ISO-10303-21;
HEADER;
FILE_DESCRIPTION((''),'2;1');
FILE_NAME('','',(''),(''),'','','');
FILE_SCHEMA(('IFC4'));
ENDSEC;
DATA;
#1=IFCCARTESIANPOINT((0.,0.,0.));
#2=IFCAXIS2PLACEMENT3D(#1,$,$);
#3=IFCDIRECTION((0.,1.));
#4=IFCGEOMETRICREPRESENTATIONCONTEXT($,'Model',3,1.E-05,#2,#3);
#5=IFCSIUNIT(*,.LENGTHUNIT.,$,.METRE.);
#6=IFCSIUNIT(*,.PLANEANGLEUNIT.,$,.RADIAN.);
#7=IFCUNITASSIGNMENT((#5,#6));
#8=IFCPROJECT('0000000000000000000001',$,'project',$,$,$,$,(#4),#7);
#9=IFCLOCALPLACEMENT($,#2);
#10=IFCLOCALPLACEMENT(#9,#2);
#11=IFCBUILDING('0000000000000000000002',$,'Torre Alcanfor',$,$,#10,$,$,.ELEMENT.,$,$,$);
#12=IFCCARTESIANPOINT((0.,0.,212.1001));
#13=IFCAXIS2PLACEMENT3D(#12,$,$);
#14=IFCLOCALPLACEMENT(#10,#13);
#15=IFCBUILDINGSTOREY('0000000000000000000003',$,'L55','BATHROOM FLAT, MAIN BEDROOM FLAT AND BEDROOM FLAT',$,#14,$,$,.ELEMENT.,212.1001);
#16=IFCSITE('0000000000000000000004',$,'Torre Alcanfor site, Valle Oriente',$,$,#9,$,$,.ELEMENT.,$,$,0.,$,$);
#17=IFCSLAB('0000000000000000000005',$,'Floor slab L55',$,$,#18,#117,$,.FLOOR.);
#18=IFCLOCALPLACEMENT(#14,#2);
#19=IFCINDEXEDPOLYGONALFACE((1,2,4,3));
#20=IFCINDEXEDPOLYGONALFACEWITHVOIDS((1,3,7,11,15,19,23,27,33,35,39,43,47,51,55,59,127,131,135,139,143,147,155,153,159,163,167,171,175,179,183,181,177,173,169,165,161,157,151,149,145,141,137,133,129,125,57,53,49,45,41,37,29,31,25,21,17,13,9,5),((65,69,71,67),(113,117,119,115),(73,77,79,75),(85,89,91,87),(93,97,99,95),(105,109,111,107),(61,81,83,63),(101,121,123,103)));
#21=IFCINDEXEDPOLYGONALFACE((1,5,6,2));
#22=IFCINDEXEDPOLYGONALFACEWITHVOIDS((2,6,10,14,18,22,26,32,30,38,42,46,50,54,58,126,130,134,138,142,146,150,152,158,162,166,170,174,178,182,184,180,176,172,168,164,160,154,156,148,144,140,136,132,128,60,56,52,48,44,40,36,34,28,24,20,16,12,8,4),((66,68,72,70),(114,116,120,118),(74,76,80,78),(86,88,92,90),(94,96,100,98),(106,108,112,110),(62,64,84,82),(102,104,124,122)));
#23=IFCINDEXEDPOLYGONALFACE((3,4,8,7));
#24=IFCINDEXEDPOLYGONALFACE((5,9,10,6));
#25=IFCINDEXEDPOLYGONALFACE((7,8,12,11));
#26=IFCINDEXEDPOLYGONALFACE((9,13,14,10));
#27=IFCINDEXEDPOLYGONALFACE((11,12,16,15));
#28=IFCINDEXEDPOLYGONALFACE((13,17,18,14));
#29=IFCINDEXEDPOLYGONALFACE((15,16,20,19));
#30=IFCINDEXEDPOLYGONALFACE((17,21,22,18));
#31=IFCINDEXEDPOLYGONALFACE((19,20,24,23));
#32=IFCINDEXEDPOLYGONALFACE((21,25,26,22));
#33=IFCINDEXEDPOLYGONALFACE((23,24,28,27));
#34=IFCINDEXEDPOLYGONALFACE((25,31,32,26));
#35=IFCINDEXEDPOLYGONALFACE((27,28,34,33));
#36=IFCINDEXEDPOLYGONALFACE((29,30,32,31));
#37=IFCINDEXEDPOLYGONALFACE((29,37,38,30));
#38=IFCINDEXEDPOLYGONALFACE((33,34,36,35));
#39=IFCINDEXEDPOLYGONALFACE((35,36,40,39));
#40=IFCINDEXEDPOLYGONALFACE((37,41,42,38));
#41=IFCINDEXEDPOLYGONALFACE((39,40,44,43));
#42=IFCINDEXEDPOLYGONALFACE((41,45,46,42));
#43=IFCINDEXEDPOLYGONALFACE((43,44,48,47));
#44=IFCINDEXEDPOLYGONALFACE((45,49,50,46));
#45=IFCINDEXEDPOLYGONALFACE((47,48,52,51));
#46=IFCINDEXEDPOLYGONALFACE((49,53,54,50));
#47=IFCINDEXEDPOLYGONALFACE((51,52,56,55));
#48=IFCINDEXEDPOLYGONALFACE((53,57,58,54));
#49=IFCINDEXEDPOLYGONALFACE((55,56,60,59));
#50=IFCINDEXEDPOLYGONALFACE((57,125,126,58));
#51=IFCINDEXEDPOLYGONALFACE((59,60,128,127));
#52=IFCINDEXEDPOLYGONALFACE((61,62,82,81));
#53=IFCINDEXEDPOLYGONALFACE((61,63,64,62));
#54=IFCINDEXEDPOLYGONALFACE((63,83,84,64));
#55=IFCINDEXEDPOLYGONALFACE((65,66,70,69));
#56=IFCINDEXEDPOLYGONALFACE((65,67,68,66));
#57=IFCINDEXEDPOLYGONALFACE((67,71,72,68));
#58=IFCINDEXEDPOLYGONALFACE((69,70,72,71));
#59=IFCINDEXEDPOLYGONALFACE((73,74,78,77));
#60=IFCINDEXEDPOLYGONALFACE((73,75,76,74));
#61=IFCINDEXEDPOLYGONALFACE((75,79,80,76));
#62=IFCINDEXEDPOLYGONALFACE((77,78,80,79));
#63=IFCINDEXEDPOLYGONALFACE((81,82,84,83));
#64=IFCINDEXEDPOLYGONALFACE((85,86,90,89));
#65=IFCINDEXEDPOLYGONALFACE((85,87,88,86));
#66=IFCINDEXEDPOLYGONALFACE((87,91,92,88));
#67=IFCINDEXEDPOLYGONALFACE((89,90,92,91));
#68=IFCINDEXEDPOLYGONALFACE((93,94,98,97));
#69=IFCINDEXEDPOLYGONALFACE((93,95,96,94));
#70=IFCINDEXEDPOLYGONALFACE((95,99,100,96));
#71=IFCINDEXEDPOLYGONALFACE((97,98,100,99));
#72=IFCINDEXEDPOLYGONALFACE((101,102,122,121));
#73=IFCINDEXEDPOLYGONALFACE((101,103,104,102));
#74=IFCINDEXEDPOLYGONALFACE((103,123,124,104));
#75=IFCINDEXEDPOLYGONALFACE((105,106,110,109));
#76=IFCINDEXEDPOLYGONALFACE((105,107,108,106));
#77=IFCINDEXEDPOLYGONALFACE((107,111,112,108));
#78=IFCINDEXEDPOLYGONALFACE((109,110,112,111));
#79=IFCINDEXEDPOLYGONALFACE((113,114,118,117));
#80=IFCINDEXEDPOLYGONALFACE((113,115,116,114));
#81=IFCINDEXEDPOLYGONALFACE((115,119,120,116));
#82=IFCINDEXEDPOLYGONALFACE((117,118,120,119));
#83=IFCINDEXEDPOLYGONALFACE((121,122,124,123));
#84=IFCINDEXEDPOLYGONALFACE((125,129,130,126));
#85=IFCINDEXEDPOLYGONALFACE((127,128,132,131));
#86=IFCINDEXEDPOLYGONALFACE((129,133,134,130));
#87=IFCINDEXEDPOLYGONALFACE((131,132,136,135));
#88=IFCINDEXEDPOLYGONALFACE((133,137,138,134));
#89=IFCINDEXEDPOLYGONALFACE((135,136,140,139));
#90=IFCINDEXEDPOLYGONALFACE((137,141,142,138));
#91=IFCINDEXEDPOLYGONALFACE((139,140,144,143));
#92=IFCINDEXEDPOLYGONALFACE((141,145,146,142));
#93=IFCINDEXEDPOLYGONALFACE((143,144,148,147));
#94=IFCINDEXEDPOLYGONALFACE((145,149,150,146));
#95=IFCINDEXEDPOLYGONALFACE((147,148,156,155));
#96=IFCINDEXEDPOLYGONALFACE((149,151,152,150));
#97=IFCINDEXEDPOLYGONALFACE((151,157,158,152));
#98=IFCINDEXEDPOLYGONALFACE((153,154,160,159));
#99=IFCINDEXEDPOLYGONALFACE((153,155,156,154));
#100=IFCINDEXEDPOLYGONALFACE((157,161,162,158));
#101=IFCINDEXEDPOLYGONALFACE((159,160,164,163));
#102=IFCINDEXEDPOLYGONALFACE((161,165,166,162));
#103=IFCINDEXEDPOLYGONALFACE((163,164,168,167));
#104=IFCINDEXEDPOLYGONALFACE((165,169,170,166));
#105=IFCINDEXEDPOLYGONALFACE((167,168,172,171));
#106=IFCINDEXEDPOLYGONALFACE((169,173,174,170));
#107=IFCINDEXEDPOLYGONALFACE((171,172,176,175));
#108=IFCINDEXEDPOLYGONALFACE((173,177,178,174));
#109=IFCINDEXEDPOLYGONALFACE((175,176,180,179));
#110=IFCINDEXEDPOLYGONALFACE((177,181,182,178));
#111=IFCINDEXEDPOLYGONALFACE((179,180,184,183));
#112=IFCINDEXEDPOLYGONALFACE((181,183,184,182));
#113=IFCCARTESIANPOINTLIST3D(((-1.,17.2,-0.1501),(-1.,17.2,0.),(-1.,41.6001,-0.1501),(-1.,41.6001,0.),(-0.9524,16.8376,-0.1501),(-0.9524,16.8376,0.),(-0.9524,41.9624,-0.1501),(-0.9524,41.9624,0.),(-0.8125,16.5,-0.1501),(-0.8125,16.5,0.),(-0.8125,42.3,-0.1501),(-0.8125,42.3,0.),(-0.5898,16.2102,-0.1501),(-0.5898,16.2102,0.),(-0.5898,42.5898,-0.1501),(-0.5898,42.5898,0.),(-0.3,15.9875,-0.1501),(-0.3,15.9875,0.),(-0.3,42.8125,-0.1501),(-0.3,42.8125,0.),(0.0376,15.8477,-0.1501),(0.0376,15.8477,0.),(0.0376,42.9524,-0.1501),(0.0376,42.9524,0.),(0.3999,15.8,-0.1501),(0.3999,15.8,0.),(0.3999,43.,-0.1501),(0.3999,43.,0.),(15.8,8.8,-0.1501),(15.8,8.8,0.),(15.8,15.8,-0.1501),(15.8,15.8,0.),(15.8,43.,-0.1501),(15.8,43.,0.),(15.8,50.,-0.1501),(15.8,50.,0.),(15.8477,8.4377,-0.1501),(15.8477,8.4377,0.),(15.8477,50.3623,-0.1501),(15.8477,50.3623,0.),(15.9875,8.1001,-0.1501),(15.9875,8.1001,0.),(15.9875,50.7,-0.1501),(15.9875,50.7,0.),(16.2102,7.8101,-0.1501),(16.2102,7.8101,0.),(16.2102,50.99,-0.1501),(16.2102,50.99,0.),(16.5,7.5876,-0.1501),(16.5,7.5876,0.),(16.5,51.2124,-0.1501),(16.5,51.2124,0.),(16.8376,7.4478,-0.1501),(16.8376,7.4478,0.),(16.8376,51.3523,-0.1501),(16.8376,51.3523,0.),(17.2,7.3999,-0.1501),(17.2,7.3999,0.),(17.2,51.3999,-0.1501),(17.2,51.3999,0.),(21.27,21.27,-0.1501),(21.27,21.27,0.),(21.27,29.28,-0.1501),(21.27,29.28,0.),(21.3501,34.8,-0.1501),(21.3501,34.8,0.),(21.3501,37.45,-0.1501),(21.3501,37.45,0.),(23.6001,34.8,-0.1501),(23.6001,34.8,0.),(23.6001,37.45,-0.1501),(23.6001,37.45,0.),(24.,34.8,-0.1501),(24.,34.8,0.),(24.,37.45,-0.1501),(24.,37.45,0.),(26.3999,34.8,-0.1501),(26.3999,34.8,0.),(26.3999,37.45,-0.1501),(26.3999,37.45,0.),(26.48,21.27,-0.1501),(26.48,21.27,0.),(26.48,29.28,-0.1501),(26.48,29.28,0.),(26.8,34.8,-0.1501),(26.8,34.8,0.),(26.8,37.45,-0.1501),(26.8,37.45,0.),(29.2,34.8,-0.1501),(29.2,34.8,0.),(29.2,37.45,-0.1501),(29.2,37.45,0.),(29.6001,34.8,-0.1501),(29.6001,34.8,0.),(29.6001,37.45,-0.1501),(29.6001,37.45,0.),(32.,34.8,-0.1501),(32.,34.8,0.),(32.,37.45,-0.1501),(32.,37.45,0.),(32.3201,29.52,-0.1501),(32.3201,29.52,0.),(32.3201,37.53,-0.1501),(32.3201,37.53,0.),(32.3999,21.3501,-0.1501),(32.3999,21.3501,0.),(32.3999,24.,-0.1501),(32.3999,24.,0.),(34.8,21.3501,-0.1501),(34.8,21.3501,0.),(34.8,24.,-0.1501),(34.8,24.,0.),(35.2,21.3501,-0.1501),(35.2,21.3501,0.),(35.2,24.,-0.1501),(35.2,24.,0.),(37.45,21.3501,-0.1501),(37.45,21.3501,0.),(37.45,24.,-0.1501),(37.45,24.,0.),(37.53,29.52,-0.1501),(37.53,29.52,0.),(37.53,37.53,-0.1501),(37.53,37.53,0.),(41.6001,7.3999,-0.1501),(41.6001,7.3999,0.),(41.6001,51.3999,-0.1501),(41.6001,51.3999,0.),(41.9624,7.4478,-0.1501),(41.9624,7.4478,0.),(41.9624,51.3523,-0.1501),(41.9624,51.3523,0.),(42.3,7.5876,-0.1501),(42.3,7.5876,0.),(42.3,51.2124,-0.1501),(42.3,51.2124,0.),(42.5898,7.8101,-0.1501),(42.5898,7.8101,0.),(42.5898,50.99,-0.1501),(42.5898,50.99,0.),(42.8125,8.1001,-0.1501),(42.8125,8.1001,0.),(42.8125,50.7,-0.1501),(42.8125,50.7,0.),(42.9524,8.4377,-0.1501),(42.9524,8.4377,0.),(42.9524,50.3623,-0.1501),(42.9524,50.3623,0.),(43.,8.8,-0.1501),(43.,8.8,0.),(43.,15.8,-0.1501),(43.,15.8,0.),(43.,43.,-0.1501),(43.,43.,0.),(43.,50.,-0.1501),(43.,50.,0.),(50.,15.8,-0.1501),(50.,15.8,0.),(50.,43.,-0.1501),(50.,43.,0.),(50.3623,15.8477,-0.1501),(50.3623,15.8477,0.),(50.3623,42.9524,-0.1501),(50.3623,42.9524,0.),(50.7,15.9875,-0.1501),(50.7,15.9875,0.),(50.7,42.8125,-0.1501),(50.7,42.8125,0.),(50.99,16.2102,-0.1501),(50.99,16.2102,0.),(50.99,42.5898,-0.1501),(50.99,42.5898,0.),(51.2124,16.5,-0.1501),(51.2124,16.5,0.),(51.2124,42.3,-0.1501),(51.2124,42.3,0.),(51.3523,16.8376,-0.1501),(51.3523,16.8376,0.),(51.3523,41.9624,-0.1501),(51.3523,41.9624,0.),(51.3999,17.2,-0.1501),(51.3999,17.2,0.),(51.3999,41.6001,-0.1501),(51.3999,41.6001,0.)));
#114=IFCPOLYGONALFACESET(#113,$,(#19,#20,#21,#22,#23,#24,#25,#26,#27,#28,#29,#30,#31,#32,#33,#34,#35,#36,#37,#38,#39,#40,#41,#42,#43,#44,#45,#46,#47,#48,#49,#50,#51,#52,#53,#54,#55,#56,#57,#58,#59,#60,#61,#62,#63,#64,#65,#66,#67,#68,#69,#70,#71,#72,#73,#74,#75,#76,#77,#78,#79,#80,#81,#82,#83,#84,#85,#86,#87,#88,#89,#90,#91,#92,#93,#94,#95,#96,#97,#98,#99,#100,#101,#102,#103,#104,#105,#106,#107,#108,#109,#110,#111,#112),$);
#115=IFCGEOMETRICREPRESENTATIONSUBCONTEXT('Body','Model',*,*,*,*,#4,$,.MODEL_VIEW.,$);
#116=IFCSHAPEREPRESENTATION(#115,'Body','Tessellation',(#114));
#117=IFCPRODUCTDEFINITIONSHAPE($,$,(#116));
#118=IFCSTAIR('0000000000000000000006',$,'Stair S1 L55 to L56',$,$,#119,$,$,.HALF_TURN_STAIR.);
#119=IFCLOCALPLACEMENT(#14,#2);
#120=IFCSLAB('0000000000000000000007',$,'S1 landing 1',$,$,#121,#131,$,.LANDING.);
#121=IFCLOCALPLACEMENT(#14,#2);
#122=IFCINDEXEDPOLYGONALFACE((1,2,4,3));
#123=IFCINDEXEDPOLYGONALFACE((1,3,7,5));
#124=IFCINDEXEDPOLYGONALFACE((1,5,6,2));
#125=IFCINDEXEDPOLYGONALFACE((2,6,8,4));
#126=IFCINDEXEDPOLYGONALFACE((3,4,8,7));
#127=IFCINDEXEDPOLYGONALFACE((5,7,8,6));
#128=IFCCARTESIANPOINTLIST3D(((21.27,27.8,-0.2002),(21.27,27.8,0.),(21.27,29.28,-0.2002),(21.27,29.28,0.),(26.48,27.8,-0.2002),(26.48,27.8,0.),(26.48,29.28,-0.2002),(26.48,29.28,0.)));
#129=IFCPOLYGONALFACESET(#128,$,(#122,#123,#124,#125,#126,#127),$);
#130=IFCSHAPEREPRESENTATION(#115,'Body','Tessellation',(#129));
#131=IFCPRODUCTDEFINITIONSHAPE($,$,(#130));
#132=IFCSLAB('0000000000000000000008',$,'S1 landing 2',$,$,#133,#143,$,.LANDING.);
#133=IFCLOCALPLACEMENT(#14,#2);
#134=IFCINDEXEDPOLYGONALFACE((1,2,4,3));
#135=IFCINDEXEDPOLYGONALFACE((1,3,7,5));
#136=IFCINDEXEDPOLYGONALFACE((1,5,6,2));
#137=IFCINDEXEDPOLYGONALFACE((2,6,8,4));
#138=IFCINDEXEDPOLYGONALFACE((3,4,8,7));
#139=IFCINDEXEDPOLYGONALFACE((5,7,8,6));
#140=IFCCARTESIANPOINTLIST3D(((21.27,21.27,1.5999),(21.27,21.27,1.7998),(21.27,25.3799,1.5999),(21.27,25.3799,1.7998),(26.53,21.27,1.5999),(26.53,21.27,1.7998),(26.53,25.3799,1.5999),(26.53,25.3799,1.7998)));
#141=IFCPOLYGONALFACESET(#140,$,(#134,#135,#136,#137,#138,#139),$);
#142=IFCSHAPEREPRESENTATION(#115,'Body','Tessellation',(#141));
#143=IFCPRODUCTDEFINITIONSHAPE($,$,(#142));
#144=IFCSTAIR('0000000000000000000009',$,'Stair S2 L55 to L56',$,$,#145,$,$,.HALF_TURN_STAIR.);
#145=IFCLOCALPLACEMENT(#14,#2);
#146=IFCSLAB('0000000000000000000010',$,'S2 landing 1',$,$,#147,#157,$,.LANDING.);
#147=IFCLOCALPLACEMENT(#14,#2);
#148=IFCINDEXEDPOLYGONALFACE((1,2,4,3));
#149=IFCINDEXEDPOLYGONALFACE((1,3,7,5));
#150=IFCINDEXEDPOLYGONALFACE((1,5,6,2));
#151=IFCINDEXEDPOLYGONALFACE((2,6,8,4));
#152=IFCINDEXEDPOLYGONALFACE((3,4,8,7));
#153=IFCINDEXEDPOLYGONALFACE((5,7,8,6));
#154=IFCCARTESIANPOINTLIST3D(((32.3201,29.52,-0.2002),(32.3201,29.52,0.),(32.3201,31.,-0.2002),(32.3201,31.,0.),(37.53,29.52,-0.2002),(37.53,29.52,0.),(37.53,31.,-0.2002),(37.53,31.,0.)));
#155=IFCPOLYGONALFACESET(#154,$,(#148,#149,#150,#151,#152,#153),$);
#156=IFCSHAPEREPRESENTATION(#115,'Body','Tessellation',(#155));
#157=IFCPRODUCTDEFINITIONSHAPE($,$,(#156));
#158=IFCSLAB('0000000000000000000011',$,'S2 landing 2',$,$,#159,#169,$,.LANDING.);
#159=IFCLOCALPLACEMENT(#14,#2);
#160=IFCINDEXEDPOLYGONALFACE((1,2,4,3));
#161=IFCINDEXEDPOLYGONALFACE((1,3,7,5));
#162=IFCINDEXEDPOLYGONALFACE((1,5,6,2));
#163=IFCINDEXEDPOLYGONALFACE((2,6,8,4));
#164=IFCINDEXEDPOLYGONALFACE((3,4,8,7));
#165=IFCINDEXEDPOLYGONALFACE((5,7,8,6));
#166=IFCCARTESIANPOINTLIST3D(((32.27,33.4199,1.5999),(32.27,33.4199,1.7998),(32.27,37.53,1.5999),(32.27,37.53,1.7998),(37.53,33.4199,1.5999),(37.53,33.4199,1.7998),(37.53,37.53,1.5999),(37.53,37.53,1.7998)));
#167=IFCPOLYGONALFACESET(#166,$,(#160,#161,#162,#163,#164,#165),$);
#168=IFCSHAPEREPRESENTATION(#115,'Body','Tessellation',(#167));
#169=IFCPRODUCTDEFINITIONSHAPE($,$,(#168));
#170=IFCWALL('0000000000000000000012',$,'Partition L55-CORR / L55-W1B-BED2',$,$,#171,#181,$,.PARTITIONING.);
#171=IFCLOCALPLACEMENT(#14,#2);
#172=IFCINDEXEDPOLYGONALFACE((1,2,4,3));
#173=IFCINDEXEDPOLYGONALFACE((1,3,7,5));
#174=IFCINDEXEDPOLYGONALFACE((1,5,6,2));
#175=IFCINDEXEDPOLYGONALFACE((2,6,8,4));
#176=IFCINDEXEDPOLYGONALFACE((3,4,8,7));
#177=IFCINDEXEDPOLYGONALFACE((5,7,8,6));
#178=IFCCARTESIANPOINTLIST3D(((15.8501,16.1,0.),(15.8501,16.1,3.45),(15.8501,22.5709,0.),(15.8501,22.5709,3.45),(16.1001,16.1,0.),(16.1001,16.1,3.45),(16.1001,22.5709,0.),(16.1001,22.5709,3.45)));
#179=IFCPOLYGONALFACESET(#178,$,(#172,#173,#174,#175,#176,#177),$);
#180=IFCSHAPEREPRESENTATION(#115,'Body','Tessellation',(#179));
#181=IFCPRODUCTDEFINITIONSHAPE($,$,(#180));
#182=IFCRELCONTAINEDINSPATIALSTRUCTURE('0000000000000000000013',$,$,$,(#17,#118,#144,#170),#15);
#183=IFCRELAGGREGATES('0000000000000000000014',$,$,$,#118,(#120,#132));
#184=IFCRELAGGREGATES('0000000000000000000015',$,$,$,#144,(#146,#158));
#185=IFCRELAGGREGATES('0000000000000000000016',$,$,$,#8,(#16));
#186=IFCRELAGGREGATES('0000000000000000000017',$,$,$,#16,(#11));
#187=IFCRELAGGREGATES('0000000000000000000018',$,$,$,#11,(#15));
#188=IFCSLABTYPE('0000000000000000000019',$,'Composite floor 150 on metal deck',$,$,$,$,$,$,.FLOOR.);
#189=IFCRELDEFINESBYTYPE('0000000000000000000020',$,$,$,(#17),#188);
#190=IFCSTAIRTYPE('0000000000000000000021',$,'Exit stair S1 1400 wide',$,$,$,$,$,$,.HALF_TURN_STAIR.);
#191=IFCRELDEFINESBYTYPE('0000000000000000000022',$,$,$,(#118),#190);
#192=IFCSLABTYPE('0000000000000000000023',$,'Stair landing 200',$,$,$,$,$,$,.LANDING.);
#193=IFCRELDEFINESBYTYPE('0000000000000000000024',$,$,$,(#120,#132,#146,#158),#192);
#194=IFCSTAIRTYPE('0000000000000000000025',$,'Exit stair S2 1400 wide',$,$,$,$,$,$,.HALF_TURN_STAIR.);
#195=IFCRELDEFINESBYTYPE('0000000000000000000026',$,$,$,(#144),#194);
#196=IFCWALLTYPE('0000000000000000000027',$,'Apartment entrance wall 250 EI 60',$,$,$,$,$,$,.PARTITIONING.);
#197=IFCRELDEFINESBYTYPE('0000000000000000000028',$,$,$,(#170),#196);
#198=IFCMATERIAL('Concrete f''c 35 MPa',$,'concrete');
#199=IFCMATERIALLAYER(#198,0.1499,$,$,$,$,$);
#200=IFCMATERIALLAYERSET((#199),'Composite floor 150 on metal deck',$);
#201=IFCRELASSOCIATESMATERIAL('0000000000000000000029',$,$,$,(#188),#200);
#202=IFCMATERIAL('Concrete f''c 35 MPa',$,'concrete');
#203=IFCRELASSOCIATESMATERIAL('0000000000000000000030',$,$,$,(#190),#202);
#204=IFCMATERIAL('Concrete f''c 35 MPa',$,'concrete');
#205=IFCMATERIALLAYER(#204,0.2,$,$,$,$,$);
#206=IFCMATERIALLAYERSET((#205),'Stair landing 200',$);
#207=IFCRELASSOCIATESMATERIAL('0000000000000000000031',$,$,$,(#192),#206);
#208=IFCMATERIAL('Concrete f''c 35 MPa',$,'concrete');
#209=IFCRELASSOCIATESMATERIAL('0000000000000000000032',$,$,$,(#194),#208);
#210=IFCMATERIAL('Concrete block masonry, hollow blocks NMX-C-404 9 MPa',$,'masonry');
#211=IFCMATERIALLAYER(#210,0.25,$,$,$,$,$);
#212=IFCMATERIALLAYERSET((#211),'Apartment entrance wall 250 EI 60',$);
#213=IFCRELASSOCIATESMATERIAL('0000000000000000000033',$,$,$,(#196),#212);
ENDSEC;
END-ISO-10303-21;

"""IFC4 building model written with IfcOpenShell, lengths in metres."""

from ifc_helpers import new_model, si_unit, direction, frame, frame_2d, origin, place, context, subcontext, project, spatial, polyline, rectangle, outline, extrude, material, layer, layer_set, type_object, element, aggregate, save


model = new_model("IFC4")

# Units and contexts
model_context = context("Model", 3, precision=1e-05, world=origin(), true_north=direction((0.0, 1.0)))
body_context = subcontext(model_context, "Body", "Model", "MODEL_VIEW")
ifc_project = project(units=[si_unit("LENGTHUNIT", "METRE"), si_unit("PLANEANGLEUNIT", "RADIAN")], contexts=[model_context])

# Site, building, storey
site_placement = place(None, origin())
site = spatial("IfcSite", under=ifc_project, at=site_placement, Name="Torre Alcanfor site, Valle Oriente", CompositionType="ELEMENT", RefElevation=0.0)
building_placement = place(site_placement, origin())
building = spatial("IfcBuilding", under=site, at=building_placement, Name="Torre Alcanfor", CompositionType="ELEMENT")
storey_placement = place(building_placement, frame((0.0, 0.0, 212.1001)))
storey = spatial("IfcBuildingStorey", under=building, at=storey_placement, Name="L55", Description="BATHROOM FLAT, MAIN BEDROOM FLAT AND BEDROOM FLAT", CompositionType="ELEMENT", Elevation=212.1001)

# Slab
ifc_material_1 = material(Name="Concrete f'c 35 MPa", Category="concrete")
ifc_layer_1 = layer(ifc_material_1, 0.1499)
ifc_layer_set_1 = layer_set([ifc_layer_1], Name="Composite floor 150 on metal deck")
slab_type_1 = type_object("IfcSlabType", Name="Composite floor 150 on metal deck", PredefinedType="FLOOR", material=ifc_layer_set_1)
slab_1_placement = place(storey_placement, frame((0.0, 0.0, -0.1501)))
element("IfcSlab", 1, at=slab_1_placement, inside=storey, type_object=slab_type_1, Name="Floor slab L55", PredefinedType="FLOOR", context=body_context, shape_type="SweptSolid", body=[
    extrude(outline(polyline([(15.8, 43.0), (0.3999, 43.0), (0.0376, 42.9524), (-0.3, 42.8125), (-0.5898, 42.5898), (-0.8125, 42.3), (-0.9524, 41.9624), (-1.0, 41.6001), (-1.0, 17.2), (-0.9524, 16.8376), (-0.8125, 16.5), (-0.5898, 16.2102), (-0.3, 15.9875), (0.0376, 15.8477), (0.3999, 15.8), (15.8, 15.8), (15.8, 8.8), (15.8477, 8.4377), (15.9875, 8.1001), (16.2102, 7.8101), (16.5, 7.5876), (16.8376, 7.4478), (17.2, 7.3999), (41.6001, 7.3999), (41.9624, 7.4478), (42.3, 7.5876), (42.5898, 7.8101), (42.8125, 8.1001), (42.9524, 8.4377), (43.0, 8.8), (43.0, 15.8), (50.0, 15.8), (50.3623, 15.8477), (50.7, 15.9875), (50.99, 16.2102), (51.2124, 16.5), (51.3523, 16.8376), (51.3999, 17.2), (51.3999, 41.6001), (51.3523, 41.9624), (51.2124, 42.3), (50.99, 42.5898), (50.7, 42.8125), (50.3623, 42.9524), (50.0, 43.0), (43.0, 43.0), (43.0, 50.0), (42.9524, 50.3623), (42.8125, 50.7), (42.5898, 50.99), (42.3, 51.2124), (41.9624, 51.3523), (41.6001, 51.3999), (17.2, 51.3999), (16.8376, 51.3523), (16.5, 51.2124), (16.2102, 50.99), (15.9875, 50.7), (15.8477, 50.3623), (15.8, 50.0), (15.8, 43.0)]), holes=[polyline([(21.27, 21.27), (26.48, 21.27), (26.48, 29.28), (21.27, 29.28), (21.27, 21.27)]), polyline([(32.3201, 29.52), (37.53, 29.52), (37.53, 37.53), (32.3201, 37.53), (32.3201, 29.52)]), polyline([(32.3999, 21.3501), (34.8, 21.3501), (34.8, 24.0), (32.3999, 24.0), (32.3999, 21.3501)]), polyline([(35.2, 21.3501), (37.45, 21.3501), (37.45, 24.0), (35.2, 24.0), (35.2, 21.3501)]), polyline([(21.3501, 34.8), (23.6001, 34.8), (23.6001, 37.45), (21.3501, 37.45), (21.3501, 34.8)]), polyline([(24.0, 34.8), (26.3999, 34.8), (26.3999, 37.45), (24.0, 37.45), (24.0, 34.8)]), polyline([(26.8, 34.8), (29.2, 34.8), (29.2, 37.45), (26.8, 37.45), (26.8, 34.8)]), polyline([(29.6001, 34.8), (32.0, 34.8), (32.0, 37.45), (29.6001, 37.45), (29.6001, 34.8)])]), origin(), (0.0, 0.0, 1.0), 0.1501),
])

# Stairs, slabs
ifc_material_2 = material(Name="Concrete f'c 35 MPa", Category="concrete")
stair_type_1 = type_object("IfcStairType", Name="Exit stair S1 1400 wide", PredefinedType="HALF_TURN_STAIR", material=ifc_material_2)
stair_1_placement = place(storey_placement, origin())
stair_1 = element("IfcStair", 2, at=stair_1_placement, inside=storey, type_object=stair_type_1, Name="Stair S1 L55 to L56", PredefinedType="HALF_TURN_STAIR")
ifc_material_3 = material(Name="Concrete f'c 35 MPa", Category="concrete")
ifc_layer_2 = layer(ifc_material_3, 0.2)
ifc_layer_set_2 = layer_set([ifc_layer_2], Name="Stair landing 200")
slab_type_2 = type_object("IfcSlabType", Name="Stair landing 200", PredefinedType="LANDING", material=ifc_layer_set_2)
slab_2_placement = place(storey_placement, frame((0.0, 0.0, -0.2002)))
slab_2 = element("IfcSlab", 3, at=slab_2_placement, type_object=slab_type_2, Name="S1 landing 1", PredefinedType="LANDING", context=body_context, shape_type="SweptSolid", body=[
    extrude(outline(polyline([(21.27, 27.8), (26.48, 27.8), (26.48, 29.28), (21.27, 29.28), (21.27, 27.8)])), origin(), (0.0, 0.0, 1.0), 0.2002),
])
slab_3_placement = place(storey_placement, frame((0.0, 0.0, 1.5999)))
slab_3 = element("IfcSlab", 4, at=slab_3_placement, type_object=slab_type_2, Name="S1 landing 2", PredefinedType="LANDING", context=body_context, shape_type="SweptSolid", body=[
    extrude(outline(polyline([(21.27, 21.27), (26.53, 21.27), (26.53, 25.3799), (21.27, 25.3799), (21.27, 21.27)])), origin(), (0.0, 0.0, 1.0), 0.2),
])
aggregate(stair_1, [slab_2, slab_3])
ifc_material_4 = material(Name="Concrete f'c 35 MPa", Category="concrete")
stair_type_2 = type_object("IfcStairType", Name="Exit stair S2 1400 wide", PredefinedType="HALF_TURN_STAIR", material=ifc_material_4)
stair_2_placement = place(storey_placement, origin())
stair_2 = element("IfcStair", 5, at=stair_2_placement, inside=storey, type_object=stair_type_2, Name="Stair S2 L55 to L56", PredefinedType="HALF_TURN_STAIR")
slab_4_placement = place(storey_placement, frame((0.0, 0.0, -0.2002)))
slab_4 = element("IfcSlab", 6, at=slab_4_placement, type_object=slab_type_2, Name="S2 landing 1", PredefinedType="LANDING", context=body_context, shape_type="SweptSolid", body=[
    extrude(outline(polyline([(32.3201, 29.52), (37.53, 29.52), (37.53, 31.0), (32.3201, 31.0), (32.3201, 29.52)])), origin(), (0.0, 0.0, 1.0), 0.2002),
])
slab_5_placement = place(storey_placement, frame((0.0, 0.0, 1.5999)))
slab_5 = element("IfcSlab", 7, at=slab_5_placement, type_object=slab_type_2, Name="S2 landing 2", PredefinedType="LANDING", context=body_context, shape_type="SweptSolid", body=[
    extrude(outline(polyline([(32.27, 33.4199), (37.53, 33.4199), (37.53, 37.53), (32.27, 37.53), (32.27, 33.4199)])), origin(), (0.0, 0.0, 1.0), 0.2),
])
aggregate(stair_2, [slab_4, slab_5])

# Wall
ifc_material_5 = material(Name="Concrete block masonry, hollow blocks NMX-C-404 9 MPa", Category="masonry")
ifc_layer_3 = layer(ifc_material_5, 0.25)
ifc_layer_set_3 = layer_set([ifc_layer_3], Name="Apartment entrance wall 250 EI 60")
wall_type_1 = type_object("IfcWallType", Name="Apartment entrance wall 250 EI 60", PredefinedType="PARTITIONING", material=ifc_layer_set_3)
wall_1_placement = place(storey_placement, frame((15.9751, 16.1001, 0.0), z_axis=(0.0, 0.0, 1.0), x_axis=(0.0, 1.0, 0.0)))
element("IfcWall", 8, at=wall_1_placement, inside=storey, type_object=wall_type_1, Name="Partition L55-CORR / L55-W1B-BED2", PredefinedType="PARTITIONING", context=body_context, shape_type="SweptSolid", body=[
    extrude(rectangle(XDim=6.4709, YDim=0.25, at=frame_2d((3.2354, 0.0))), origin(), (0.0, 0.0, 1.0), 3.45),
])

save(model, "model.ifc")
